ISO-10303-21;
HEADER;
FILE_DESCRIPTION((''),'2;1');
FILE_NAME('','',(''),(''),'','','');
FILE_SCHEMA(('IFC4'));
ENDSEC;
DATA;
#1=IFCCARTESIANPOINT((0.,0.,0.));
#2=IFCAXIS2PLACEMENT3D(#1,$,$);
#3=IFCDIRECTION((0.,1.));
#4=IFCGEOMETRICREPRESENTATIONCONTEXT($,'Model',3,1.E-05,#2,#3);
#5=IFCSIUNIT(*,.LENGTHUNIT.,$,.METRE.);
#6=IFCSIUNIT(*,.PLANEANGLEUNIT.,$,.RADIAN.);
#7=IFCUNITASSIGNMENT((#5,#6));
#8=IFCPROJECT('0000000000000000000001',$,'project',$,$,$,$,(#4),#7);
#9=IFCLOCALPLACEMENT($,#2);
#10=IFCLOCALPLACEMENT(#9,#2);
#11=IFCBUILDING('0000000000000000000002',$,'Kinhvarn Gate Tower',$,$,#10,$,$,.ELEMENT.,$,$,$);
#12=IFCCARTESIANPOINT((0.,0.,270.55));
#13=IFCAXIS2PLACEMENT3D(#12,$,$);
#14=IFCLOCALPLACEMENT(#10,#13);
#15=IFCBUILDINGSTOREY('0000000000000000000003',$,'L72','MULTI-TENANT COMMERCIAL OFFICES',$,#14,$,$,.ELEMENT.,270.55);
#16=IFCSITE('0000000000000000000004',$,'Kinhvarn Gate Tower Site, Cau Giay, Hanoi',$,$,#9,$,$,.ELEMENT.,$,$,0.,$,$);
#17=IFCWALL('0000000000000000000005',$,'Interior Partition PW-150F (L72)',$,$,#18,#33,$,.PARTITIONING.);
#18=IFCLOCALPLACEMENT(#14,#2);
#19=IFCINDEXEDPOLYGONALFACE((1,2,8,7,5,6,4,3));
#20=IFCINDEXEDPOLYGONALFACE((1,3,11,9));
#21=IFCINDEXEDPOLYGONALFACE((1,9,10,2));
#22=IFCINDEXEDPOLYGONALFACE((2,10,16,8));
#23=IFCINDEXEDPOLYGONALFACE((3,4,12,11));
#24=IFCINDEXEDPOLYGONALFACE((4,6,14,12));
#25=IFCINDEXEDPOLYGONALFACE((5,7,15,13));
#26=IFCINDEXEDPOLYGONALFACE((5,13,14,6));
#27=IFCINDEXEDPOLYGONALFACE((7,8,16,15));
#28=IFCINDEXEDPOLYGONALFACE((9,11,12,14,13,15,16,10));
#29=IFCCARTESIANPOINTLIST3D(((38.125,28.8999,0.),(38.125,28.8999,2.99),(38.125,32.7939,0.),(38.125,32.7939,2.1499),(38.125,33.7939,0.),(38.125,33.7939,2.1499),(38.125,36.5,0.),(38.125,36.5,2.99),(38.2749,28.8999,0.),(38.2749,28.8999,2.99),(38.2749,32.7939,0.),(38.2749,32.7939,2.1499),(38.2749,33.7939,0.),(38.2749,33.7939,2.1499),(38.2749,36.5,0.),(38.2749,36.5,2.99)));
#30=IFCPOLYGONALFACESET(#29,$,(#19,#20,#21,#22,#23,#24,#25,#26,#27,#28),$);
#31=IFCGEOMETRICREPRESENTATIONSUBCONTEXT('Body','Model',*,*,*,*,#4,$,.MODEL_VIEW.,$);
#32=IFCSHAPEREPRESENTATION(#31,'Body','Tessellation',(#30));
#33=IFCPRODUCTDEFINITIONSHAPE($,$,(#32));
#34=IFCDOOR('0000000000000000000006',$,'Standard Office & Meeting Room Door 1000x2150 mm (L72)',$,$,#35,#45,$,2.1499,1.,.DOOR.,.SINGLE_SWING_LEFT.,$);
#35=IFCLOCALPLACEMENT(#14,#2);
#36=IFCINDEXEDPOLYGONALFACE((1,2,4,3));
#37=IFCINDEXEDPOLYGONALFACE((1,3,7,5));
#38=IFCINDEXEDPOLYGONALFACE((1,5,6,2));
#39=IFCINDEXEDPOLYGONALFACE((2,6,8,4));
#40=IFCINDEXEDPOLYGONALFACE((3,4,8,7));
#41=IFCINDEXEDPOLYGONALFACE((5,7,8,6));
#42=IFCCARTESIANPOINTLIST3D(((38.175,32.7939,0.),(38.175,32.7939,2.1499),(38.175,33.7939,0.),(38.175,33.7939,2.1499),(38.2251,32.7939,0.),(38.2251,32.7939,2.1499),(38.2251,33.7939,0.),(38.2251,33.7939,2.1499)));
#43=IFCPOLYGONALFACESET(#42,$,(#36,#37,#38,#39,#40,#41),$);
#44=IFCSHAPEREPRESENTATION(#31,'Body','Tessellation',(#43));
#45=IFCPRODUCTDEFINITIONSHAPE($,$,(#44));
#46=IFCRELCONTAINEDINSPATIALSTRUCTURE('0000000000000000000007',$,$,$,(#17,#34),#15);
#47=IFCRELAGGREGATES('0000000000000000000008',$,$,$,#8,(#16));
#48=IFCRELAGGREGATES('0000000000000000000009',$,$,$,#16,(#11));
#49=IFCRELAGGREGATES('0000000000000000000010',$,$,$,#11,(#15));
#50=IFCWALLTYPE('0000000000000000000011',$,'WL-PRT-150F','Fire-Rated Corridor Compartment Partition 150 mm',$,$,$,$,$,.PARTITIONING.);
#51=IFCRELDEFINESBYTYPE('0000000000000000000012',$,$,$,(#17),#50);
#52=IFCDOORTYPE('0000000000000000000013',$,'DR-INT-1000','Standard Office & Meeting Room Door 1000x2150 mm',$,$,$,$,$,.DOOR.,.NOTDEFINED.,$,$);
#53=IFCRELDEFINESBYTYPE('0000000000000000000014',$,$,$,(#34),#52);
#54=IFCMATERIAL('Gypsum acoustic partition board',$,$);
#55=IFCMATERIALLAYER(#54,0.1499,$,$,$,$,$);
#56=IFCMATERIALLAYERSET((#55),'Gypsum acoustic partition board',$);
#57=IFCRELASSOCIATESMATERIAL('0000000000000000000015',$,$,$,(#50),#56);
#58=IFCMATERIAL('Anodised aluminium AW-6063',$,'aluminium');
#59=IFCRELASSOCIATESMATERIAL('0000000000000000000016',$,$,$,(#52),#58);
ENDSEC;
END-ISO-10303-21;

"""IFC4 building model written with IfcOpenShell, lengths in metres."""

from ifc_helpers import new_model, si_unit, direction, frame, frame_2d, origin, place, context, subcontext, project, spatial, rectangle, extrude, material, layer, layer_set, type_object, element, fill, save


model = new_model("IFC4")

# Units and contexts
model_context = context("Model", 3, precision=1e-05, world=origin(), true_north=direction((0.0, 1.0)))
body_context = subcontext(model_context, "Body", "Model", "MODEL_VIEW")
ifc_project = project(units=[si_unit("LENGTHUNIT", "METRE"), si_unit("PLANEANGLEUNIT", "RADIAN")], contexts=[model_context])

# Site, building, storey
site_placement = place(None, origin())
site = spatial("IfcSite", under=ifc_project, at=site_placement, Name="Kinhvarn Gate Tower Site, Cau Giay, Hanoi", CompositionType="ELEMENT", RefElevation=0.0)
building_placement = place(site_placement, origin())
building = spatial("IfcBuilding", under=site, at=building_placement, Name="Kinhvarn Gate Tower", CompositionType="ELEMENT")
storey_placement = place(building_placement, frame((0.0, 0.0, 270.55)))
storey = spatial("IfcBuildingStorey", under=building, at=storey_placement, Name="L72", Description="MULTI-TENANT COMMERCIAL OFFICES", CompositionType="ELEMENT", Elevation=270.55)

# Shared definitions
ifc_material_1 = material(Name="Anodised aluminium AW-6063", Category="aluminium")

# Shared definitions
ifc_material_2 = material(Name="Gypsum acoustic partition board")

# Wall, opening, door
ifc_layer_1 = layer(ifc_material_2, 0.1499)
ifc_layer_set_1 = layer_set([ifc_layer_1], Name="Gypsum acoustic partition board")
wall_type_1 = type_object("IfcWallType", Name="WL-PRT-150F", Description="Fire-Rated Corridor Compartment Partition 150 mm", PredefinedType="PARTITIONING", material=ifc_layer_set_1)
wall_1_placement = place(storey_placement, frame((38.2, 28.8999, 0.0), z_axis=(0.0, 0.0, 1.0), x_axis=(0.0, 1.0, 0.0)))
wall_1 = element("IfcWall", 1, at=wall_1_placement, inside=storey, type_object=wall_type_1, Name="Interior Partition PW-150F (L72)", PredefinedType="PARTITIONING", context=body_context, shape_type="SweptSolid", body=[
    extrude(rectangle(XDim=7.6001, YDim=0.1499, at=frame_2d((3.8, 0.0))), origin(), (0.0, 0.0, 1.0), 2.99),
])
opening_placement = place(wall_1_placement, frame((3.894, 0.0, 0.0)))
opening = element("IfcOpeningElement", 2, at=opening_placement, cuts=wall_1, PredefinedType="OPENING", context=body_context, shape_type="SweptSolid", body=[
    extrude(rectangle(XDim=1.0, YDim=2.1499, at=frame_2d((0.5, 1.075))), frame((0.0, 0.085, 0.0), z_axis=(0.0, -1.0, 0.0), x_axis=(1.0, 0.0, 0.0)), (0.0, 0.0, 1.0), 0.1699),
])
door_type = type_object("IfcDoorType", Name="DR-INT-1000", Description="Standard Office & Meeting Room Door 1000x2150 mm", OperationType="NOTDEFINED", PredefinedType="DOOR", material=ifc_material_1)
door_placement = place(opening_placement, origin())
door = element("IfcDoor", 3, at=door_placement, inside=storey, type_object=door_type, Name="Standard Office & Meeting Room Door 1000x2150 mm (L72)", OperationType="SINGLE_SWING_LEFT", OverallHeight=2.1499, OverallWidth=1.0, PredefinedType="DOOR", context=body_context, shape_type="SweptSolid", body=[
    extrude(rectangle(XDim=1.0, YDim=2.1499, at=frame_2d((0.5, 1.075))), frame((0.0, 0.0249, 0.0), z_axis=(0.0, -1.0, 0.0), x_axis=(1.0, 0.0, 0.0)), (0.0, 0.0, 1.0), 0.05),
])
fill(opening, door)

save(model, "model.ifc")
